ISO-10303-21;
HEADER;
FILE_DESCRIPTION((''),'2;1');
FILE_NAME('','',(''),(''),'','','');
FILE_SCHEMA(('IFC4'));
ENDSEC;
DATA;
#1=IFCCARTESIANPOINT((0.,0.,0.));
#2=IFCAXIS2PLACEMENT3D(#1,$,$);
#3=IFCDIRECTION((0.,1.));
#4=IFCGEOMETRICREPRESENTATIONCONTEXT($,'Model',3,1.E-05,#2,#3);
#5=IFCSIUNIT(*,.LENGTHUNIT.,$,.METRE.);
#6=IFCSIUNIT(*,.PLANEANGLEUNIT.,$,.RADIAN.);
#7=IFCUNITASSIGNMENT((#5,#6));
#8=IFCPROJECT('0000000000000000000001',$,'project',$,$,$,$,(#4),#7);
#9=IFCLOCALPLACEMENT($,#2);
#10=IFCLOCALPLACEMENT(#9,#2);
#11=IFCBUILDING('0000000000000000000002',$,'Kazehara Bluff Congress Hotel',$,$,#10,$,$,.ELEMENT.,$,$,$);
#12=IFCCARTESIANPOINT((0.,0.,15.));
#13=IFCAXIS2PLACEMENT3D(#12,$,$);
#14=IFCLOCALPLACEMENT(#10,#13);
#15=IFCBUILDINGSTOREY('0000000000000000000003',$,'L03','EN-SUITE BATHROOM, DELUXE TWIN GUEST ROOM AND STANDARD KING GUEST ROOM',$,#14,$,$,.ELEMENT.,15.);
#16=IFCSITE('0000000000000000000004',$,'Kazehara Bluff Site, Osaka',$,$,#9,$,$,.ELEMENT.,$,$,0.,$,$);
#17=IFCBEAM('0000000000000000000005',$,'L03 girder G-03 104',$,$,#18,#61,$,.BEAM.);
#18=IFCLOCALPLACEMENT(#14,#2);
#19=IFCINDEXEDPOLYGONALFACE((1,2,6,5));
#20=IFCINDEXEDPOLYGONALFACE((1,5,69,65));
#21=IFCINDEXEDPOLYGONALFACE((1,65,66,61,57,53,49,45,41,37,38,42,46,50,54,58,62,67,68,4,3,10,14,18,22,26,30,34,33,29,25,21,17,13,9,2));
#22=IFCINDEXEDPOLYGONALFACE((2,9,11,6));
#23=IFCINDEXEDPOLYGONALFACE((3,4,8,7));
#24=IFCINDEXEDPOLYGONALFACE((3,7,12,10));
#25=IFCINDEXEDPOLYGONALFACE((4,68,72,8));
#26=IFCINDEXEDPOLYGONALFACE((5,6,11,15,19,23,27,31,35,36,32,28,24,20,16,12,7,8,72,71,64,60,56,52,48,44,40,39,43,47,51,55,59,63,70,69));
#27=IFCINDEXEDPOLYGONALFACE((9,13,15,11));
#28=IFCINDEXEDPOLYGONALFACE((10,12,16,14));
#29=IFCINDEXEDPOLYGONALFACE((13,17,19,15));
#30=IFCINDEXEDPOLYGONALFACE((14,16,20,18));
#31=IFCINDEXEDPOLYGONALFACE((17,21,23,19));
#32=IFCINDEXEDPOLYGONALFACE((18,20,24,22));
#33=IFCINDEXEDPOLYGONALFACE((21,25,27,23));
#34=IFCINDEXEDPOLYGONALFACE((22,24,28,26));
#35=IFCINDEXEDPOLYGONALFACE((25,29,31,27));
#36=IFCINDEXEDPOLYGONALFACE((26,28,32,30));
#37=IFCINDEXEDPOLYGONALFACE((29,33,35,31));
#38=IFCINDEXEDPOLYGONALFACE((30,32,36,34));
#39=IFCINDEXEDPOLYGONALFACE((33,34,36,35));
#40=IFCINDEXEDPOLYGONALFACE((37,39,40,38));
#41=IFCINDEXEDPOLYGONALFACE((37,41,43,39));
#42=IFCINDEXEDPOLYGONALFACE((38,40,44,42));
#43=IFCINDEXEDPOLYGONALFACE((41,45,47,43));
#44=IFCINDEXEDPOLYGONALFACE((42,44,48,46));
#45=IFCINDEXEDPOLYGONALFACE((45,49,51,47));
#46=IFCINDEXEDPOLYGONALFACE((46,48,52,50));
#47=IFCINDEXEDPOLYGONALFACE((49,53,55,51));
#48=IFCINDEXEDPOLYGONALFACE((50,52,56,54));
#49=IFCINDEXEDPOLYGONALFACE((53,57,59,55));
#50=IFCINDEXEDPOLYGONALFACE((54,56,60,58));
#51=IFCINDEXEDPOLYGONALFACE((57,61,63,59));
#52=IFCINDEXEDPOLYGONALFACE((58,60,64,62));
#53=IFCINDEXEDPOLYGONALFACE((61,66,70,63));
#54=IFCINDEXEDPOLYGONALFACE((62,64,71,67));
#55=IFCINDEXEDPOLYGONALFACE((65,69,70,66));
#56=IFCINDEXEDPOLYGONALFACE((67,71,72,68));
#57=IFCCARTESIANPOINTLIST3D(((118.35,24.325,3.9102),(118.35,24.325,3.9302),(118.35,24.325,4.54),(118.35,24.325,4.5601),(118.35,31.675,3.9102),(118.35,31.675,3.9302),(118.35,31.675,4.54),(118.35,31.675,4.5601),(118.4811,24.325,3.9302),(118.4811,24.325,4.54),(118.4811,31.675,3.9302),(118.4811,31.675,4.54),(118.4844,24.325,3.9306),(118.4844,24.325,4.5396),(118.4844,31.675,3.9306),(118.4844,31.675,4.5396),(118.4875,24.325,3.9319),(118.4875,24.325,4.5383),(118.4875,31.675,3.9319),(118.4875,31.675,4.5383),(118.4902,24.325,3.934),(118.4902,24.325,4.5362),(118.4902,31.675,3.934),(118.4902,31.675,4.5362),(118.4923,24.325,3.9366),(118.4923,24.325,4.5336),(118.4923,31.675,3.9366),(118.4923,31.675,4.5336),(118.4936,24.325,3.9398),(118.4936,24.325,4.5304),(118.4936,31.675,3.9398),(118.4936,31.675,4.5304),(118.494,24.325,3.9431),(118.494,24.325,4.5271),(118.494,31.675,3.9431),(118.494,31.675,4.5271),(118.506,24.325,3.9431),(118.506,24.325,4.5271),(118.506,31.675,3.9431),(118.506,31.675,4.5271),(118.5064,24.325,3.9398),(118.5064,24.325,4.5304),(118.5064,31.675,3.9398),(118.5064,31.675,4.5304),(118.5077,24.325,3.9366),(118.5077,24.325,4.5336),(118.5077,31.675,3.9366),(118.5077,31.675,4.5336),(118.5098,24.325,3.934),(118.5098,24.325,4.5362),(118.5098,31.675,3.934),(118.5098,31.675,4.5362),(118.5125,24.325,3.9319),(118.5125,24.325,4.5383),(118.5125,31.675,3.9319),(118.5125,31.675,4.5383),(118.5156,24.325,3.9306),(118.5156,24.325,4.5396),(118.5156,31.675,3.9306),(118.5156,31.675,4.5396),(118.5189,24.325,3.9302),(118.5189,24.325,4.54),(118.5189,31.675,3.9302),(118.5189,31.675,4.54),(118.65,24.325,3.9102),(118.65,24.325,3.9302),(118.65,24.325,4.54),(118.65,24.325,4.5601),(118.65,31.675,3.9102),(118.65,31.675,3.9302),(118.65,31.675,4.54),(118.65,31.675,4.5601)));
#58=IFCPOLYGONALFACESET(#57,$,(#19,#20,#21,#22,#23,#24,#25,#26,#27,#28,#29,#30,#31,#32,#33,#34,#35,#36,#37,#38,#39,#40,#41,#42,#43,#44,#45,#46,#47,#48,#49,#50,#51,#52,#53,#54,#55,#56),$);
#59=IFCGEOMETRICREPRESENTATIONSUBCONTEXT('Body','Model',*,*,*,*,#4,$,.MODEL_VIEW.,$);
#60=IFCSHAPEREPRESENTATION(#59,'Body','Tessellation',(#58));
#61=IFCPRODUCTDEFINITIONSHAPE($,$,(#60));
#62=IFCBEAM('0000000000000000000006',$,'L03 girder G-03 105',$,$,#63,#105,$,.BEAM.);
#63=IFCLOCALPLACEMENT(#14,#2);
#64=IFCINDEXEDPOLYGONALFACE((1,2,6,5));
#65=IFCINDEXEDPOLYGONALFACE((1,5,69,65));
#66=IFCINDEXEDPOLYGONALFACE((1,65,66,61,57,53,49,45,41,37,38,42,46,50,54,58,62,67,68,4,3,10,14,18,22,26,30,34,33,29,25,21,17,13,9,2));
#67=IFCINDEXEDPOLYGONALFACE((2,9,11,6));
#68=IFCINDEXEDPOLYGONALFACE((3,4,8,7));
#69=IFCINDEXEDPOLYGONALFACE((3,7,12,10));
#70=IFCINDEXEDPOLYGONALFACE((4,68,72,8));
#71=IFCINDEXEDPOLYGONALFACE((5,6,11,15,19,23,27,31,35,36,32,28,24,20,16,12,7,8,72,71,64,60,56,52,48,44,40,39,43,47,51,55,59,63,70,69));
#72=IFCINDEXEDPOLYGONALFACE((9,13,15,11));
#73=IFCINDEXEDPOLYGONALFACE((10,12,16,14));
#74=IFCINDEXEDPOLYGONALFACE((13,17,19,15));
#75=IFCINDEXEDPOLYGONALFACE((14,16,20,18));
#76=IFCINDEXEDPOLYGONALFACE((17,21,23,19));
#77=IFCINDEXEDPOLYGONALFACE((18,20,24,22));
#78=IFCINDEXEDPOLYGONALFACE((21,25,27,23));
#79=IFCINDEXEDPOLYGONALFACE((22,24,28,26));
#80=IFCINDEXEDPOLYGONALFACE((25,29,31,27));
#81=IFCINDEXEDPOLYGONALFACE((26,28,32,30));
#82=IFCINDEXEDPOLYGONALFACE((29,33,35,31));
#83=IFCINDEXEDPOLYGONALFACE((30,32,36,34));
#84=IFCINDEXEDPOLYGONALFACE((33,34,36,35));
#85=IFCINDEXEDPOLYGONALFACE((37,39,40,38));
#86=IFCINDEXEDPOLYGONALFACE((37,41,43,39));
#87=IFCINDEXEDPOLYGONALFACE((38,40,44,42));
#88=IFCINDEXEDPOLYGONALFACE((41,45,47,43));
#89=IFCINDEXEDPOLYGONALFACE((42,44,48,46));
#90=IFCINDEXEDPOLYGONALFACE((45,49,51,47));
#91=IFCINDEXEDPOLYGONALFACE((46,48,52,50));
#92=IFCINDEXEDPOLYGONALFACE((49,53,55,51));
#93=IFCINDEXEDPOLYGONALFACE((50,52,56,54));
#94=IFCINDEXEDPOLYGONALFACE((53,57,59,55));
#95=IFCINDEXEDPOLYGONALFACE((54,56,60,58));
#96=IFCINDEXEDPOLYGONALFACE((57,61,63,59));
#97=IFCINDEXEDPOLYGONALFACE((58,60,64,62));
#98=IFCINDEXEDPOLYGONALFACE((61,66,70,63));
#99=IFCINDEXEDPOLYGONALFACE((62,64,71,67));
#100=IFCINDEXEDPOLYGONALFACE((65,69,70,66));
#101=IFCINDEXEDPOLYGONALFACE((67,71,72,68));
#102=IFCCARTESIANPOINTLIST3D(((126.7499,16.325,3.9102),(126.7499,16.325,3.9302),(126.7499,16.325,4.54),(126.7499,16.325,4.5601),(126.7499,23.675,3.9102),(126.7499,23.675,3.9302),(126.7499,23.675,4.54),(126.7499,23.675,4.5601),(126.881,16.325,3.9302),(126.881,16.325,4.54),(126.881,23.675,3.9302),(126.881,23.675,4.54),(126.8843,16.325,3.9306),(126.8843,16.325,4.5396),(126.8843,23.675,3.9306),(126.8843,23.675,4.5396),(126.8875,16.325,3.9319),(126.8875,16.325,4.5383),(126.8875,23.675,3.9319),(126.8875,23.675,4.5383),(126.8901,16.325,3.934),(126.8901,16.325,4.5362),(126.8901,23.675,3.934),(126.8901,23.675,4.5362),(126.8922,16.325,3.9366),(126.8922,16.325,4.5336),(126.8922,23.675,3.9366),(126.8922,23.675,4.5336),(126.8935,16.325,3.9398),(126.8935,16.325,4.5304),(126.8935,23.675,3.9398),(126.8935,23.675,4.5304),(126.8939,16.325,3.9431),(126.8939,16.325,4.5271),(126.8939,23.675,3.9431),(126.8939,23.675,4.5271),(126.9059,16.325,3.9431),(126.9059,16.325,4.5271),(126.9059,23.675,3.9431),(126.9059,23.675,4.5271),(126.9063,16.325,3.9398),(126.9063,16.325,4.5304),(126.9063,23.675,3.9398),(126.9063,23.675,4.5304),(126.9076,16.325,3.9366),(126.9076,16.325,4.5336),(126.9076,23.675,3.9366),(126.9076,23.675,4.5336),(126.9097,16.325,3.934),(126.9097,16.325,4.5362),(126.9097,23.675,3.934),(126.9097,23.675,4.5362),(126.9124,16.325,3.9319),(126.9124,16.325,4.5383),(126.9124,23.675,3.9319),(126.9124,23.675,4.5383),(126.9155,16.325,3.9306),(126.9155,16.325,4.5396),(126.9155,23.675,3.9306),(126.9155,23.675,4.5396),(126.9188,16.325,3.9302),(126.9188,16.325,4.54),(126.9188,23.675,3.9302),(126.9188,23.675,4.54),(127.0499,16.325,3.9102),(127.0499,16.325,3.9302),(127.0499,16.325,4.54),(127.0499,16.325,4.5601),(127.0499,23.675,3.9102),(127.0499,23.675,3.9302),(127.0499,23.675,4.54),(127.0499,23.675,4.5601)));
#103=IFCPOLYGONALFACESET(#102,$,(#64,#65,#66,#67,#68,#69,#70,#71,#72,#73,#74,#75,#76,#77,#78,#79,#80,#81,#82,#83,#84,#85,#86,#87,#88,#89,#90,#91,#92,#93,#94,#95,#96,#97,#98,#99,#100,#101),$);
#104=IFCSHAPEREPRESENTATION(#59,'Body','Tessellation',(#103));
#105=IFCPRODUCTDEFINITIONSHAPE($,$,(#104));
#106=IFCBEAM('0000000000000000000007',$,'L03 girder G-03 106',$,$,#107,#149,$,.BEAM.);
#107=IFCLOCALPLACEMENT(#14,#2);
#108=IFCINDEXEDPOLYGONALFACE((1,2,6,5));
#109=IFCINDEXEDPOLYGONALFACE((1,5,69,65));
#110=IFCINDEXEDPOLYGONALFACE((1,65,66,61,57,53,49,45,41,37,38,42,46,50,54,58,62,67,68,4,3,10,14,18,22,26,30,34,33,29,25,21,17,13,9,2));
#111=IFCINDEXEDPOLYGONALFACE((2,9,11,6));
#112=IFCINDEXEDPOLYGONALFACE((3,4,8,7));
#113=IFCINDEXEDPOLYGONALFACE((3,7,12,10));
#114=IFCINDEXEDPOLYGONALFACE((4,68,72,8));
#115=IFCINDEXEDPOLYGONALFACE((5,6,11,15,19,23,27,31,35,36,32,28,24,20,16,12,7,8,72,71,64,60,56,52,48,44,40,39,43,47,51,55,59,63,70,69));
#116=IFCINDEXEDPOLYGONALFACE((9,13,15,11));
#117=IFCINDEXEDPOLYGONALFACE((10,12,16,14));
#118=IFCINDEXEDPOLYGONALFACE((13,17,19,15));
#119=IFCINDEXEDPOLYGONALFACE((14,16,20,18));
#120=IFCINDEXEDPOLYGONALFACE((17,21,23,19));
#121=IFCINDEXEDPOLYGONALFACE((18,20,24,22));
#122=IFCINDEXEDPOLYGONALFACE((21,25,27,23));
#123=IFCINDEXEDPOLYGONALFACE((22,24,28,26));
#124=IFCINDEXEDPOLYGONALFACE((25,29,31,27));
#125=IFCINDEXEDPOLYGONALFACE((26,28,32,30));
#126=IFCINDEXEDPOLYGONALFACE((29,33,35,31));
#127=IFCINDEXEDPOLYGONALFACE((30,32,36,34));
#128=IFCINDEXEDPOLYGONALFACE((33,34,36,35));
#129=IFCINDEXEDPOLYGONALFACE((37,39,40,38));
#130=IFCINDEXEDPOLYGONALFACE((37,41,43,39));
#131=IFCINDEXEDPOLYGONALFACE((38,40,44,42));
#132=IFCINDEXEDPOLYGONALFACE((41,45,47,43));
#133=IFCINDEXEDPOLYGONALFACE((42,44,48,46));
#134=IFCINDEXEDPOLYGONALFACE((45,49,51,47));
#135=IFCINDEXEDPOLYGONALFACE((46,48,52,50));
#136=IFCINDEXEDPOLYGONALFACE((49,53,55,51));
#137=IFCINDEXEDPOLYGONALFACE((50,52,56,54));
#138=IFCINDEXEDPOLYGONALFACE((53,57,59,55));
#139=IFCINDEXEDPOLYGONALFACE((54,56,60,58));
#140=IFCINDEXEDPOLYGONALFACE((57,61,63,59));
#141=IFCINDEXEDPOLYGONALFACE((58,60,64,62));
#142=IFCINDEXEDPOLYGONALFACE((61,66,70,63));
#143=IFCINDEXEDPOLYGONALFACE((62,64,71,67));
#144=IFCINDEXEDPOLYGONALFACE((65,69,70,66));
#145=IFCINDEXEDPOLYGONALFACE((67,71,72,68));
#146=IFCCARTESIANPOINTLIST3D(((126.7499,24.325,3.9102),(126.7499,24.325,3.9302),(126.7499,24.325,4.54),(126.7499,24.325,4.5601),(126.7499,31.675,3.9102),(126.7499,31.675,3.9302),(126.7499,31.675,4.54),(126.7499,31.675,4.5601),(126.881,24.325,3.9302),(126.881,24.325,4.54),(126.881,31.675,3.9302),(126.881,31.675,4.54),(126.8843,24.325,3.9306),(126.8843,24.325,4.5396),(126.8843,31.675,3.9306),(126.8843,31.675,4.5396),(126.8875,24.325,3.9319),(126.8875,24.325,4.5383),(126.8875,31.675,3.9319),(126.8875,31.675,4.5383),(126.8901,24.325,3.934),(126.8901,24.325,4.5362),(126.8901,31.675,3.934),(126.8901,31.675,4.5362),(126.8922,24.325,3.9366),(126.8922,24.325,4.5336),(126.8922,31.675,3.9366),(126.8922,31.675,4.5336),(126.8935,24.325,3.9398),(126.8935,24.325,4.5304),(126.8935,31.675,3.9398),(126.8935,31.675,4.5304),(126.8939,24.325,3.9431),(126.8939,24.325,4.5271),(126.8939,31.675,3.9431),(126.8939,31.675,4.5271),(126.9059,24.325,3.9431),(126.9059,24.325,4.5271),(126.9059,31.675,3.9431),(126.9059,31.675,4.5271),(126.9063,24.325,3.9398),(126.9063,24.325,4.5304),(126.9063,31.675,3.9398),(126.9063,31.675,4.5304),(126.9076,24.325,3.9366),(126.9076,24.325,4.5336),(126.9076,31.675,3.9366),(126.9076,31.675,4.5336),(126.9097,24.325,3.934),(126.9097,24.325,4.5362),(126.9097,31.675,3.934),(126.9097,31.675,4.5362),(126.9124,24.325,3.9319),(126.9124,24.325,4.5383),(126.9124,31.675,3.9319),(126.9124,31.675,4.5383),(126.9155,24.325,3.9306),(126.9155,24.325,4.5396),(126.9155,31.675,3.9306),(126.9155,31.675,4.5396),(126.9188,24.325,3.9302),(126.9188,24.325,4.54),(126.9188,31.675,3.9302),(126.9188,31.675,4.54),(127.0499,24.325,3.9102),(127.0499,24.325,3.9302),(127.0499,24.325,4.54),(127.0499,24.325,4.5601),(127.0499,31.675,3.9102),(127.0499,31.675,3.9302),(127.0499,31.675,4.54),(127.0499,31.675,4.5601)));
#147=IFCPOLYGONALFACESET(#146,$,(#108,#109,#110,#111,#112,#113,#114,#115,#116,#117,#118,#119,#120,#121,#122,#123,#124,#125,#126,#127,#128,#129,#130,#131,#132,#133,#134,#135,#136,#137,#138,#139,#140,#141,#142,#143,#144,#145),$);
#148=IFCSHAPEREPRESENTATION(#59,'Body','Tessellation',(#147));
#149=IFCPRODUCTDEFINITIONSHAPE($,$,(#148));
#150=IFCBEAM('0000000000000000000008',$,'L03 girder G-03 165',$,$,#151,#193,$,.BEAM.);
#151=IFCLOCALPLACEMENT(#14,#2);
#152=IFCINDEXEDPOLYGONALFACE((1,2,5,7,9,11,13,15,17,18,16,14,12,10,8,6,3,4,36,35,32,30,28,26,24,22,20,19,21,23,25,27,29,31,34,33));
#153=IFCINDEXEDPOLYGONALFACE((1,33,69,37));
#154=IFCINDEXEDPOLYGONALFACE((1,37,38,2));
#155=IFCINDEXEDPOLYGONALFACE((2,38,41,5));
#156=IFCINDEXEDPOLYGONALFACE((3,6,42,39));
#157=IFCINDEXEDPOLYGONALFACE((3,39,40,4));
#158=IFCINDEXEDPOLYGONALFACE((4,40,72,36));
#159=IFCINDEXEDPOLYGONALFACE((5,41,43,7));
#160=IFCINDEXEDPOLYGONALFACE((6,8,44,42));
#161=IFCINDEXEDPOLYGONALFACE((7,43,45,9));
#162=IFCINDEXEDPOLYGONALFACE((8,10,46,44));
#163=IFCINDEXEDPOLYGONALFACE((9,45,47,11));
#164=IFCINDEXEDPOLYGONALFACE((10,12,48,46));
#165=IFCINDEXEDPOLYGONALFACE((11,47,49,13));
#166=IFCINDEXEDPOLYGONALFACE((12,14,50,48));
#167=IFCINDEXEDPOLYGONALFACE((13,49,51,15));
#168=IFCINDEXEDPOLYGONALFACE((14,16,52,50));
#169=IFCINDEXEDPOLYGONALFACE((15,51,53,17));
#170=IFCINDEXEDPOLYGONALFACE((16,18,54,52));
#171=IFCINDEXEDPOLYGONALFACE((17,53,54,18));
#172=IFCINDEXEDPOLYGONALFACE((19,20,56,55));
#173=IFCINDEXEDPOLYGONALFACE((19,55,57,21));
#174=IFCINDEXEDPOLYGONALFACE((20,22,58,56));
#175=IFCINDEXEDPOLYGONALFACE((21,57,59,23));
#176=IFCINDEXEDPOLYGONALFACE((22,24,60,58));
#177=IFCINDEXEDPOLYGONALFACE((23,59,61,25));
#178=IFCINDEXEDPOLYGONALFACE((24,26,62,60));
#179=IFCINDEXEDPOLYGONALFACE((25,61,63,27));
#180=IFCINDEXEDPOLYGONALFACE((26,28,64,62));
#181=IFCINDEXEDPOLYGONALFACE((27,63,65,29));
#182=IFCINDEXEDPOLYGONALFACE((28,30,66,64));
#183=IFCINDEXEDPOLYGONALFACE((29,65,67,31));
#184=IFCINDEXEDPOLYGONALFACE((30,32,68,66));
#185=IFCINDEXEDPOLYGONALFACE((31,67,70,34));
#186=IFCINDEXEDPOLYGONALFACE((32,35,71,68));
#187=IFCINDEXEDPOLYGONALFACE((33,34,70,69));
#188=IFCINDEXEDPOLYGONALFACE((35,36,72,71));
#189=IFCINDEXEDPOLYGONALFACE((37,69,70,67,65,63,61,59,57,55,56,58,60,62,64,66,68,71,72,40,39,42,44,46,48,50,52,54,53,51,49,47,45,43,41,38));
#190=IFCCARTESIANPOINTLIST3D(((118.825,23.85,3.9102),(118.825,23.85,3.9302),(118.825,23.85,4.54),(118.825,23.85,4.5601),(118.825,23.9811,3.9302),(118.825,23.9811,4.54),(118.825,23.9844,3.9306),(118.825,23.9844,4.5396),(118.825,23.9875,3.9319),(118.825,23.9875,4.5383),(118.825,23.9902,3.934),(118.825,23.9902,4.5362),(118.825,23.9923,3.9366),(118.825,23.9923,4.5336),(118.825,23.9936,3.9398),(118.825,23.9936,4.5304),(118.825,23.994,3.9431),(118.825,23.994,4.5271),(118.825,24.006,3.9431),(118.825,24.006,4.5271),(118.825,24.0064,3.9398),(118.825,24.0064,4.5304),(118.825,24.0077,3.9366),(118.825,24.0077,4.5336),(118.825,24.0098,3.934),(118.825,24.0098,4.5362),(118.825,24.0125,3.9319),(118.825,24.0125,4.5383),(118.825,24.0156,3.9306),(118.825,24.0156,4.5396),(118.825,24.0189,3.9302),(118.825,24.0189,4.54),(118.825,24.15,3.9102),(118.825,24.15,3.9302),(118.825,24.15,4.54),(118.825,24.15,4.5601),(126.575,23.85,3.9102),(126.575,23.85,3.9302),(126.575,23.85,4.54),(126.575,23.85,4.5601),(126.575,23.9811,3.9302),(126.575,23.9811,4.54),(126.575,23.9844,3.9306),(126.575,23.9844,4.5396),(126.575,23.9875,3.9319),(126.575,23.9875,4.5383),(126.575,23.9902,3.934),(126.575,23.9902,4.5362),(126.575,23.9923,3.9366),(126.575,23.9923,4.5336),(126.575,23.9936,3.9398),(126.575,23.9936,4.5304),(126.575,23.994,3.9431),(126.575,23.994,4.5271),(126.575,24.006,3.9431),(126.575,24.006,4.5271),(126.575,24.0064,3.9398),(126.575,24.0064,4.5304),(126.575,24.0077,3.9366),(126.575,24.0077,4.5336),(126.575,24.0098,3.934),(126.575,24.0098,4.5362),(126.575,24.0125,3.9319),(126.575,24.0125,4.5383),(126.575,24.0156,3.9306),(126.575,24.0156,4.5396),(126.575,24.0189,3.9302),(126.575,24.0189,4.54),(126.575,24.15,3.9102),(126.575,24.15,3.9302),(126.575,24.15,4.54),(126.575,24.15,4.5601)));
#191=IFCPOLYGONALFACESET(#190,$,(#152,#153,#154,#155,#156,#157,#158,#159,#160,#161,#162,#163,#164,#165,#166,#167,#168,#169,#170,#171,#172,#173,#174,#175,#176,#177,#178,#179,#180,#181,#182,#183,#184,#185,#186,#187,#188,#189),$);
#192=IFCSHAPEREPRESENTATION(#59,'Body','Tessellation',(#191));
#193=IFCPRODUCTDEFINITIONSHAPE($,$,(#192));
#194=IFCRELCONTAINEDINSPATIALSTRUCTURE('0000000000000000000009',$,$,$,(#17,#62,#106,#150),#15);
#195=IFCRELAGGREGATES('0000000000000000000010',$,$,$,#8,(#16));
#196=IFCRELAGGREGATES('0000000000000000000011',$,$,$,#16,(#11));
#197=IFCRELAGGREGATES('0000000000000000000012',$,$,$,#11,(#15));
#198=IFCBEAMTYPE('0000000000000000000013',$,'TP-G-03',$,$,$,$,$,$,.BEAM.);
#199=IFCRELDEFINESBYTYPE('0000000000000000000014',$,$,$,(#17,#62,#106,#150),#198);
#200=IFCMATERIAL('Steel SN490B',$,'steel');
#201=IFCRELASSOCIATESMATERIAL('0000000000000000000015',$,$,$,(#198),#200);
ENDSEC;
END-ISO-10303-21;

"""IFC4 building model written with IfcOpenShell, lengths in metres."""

from ifc_helpers import new_model, si_unit, direction, frame, origin, origin_2d, place, context, subcontext, project, spatial, i_section, extrude, material, material_profile, profile_set, type_object, element, save


model = new_model("IFC4")

# Units and contexts
model_context = context("Model", 3, precision=1e-05, world=origin(), true_north=direction((0.0, 1.0)))
body_context = subcontext(model_context, "Body", "Model", "MODEL_VIEW")
ifc_project = project(units=[si_unit("LENGTHUNIT", "METRE"), si_unit("PLANEANGLEUNIT", "RADIAN")], contexts=[model_context])

# Site, building, storey
site_placement = place(None, origin())
site = spatial("IfcSite", under=ifc_project, at=site_placement, Name="Kazehara Bluff Site, Osaka", CompositionType="ELEMENT", RefElevation=0.0)
building_placement = place(site_placement, origin())
building = spatial("IfcBuilding", under=site, at=building_placement, Name="Kazehara Bluff Congress Hotel", CompositionType="ELEMENT")
storey_placement = place(building_placement, frame((0.0, 0.0, 15.0)))
storey = spatial("IfcBuildingStorey", under=building, at=storey_placement, Name="L03", Description="EN-SUITE BATHROOM, DELUXE TWIN GUEST ROOM AND STANDARD KING GUEST ROOM", CompositionType="ELEMENT", Elevation=15.0)

# Beams
ifc_material_1 = material(Name="Steel SN490B", Category="steel")
ifc_material_profile_1 = material_profile(ifc_material_1, i_section(OverallWidth=0.3, OverallDepth=0.6499, WebThickness=0.012, FlangeThickness=0.02, FilletRadius=0.0129, at=origin_2d()))
ifc_profile_set_1 = profile_set([ifc_material_profile_1], Name="Steel SN490B")
beam_type_1 = type_object("IfcBeamType", Name="TP-G-03", PredefinedType="BEAM", material=ifc_profile_set_1)
for number, where, z_axis, x_axis, name in (
    (1, (118.5, 24.325, 4.2351), (0.0, 1.0, 0.0), (-1.0, 0.0, 0.0), "L03 girder G-03 104"),
    (2, (126.8999, 16.325, 4.2351), (0.0, 1.0, 0.0), (-1.0, 0.0, 0.0), "L03 girder G-03 105"),
    (3, (126.8999, 24.325, 4.2351), (0.0, 1.0, 0.0), (-1.0, 0.0, 0.0), "L03 girder G-03 106"),
):
    element("IfcBeam", number, at=place(storey_placement, frame(where, z_axis=z_axis, x_axis=x_axis)), inside=storey, type_object=beam_type_1, Name=name, PredefinedType="BEAM", context=body_context, shape_type="SweptSolid", body=[
        extrude(i_section(OverallWidth=0.3, OverallDepth=0.6499, WebThickness=0.012, FlangeThickness=0.02, FilletRadius=0.0129, at=origin_2d()), origin(), (0.0, 0.0, 1.0), 7.3501),
    ])
for number, where, z_axis, x_axis, name in (
    (4, (118.825, 24.0, 4.2351), (1.0, 0.0, 0.0), (0.0, 1.0, 0.0), "L03 girder G-03 165"),
):
    element("IfcBeam", number, at=place(storey_placement, frame(where, z_axis=z_axis, x_axis=x_axis)), inside=storey, type_object=beam_type_1, Name=name, PredefinedType="BEAM", context=body_context, shape_type="SweptSolid", body=[
        extrude(i_section(OverallWidth=0.3, OverallDepth=0.6499, WebThickness=0.012, FlangeThickness=0.02, FilletRadius=0.0129, at=origin_2d()), origin(), (0.0, 0.0, 1.0), 7.75),
    ])

save(model, "model.ifc")
